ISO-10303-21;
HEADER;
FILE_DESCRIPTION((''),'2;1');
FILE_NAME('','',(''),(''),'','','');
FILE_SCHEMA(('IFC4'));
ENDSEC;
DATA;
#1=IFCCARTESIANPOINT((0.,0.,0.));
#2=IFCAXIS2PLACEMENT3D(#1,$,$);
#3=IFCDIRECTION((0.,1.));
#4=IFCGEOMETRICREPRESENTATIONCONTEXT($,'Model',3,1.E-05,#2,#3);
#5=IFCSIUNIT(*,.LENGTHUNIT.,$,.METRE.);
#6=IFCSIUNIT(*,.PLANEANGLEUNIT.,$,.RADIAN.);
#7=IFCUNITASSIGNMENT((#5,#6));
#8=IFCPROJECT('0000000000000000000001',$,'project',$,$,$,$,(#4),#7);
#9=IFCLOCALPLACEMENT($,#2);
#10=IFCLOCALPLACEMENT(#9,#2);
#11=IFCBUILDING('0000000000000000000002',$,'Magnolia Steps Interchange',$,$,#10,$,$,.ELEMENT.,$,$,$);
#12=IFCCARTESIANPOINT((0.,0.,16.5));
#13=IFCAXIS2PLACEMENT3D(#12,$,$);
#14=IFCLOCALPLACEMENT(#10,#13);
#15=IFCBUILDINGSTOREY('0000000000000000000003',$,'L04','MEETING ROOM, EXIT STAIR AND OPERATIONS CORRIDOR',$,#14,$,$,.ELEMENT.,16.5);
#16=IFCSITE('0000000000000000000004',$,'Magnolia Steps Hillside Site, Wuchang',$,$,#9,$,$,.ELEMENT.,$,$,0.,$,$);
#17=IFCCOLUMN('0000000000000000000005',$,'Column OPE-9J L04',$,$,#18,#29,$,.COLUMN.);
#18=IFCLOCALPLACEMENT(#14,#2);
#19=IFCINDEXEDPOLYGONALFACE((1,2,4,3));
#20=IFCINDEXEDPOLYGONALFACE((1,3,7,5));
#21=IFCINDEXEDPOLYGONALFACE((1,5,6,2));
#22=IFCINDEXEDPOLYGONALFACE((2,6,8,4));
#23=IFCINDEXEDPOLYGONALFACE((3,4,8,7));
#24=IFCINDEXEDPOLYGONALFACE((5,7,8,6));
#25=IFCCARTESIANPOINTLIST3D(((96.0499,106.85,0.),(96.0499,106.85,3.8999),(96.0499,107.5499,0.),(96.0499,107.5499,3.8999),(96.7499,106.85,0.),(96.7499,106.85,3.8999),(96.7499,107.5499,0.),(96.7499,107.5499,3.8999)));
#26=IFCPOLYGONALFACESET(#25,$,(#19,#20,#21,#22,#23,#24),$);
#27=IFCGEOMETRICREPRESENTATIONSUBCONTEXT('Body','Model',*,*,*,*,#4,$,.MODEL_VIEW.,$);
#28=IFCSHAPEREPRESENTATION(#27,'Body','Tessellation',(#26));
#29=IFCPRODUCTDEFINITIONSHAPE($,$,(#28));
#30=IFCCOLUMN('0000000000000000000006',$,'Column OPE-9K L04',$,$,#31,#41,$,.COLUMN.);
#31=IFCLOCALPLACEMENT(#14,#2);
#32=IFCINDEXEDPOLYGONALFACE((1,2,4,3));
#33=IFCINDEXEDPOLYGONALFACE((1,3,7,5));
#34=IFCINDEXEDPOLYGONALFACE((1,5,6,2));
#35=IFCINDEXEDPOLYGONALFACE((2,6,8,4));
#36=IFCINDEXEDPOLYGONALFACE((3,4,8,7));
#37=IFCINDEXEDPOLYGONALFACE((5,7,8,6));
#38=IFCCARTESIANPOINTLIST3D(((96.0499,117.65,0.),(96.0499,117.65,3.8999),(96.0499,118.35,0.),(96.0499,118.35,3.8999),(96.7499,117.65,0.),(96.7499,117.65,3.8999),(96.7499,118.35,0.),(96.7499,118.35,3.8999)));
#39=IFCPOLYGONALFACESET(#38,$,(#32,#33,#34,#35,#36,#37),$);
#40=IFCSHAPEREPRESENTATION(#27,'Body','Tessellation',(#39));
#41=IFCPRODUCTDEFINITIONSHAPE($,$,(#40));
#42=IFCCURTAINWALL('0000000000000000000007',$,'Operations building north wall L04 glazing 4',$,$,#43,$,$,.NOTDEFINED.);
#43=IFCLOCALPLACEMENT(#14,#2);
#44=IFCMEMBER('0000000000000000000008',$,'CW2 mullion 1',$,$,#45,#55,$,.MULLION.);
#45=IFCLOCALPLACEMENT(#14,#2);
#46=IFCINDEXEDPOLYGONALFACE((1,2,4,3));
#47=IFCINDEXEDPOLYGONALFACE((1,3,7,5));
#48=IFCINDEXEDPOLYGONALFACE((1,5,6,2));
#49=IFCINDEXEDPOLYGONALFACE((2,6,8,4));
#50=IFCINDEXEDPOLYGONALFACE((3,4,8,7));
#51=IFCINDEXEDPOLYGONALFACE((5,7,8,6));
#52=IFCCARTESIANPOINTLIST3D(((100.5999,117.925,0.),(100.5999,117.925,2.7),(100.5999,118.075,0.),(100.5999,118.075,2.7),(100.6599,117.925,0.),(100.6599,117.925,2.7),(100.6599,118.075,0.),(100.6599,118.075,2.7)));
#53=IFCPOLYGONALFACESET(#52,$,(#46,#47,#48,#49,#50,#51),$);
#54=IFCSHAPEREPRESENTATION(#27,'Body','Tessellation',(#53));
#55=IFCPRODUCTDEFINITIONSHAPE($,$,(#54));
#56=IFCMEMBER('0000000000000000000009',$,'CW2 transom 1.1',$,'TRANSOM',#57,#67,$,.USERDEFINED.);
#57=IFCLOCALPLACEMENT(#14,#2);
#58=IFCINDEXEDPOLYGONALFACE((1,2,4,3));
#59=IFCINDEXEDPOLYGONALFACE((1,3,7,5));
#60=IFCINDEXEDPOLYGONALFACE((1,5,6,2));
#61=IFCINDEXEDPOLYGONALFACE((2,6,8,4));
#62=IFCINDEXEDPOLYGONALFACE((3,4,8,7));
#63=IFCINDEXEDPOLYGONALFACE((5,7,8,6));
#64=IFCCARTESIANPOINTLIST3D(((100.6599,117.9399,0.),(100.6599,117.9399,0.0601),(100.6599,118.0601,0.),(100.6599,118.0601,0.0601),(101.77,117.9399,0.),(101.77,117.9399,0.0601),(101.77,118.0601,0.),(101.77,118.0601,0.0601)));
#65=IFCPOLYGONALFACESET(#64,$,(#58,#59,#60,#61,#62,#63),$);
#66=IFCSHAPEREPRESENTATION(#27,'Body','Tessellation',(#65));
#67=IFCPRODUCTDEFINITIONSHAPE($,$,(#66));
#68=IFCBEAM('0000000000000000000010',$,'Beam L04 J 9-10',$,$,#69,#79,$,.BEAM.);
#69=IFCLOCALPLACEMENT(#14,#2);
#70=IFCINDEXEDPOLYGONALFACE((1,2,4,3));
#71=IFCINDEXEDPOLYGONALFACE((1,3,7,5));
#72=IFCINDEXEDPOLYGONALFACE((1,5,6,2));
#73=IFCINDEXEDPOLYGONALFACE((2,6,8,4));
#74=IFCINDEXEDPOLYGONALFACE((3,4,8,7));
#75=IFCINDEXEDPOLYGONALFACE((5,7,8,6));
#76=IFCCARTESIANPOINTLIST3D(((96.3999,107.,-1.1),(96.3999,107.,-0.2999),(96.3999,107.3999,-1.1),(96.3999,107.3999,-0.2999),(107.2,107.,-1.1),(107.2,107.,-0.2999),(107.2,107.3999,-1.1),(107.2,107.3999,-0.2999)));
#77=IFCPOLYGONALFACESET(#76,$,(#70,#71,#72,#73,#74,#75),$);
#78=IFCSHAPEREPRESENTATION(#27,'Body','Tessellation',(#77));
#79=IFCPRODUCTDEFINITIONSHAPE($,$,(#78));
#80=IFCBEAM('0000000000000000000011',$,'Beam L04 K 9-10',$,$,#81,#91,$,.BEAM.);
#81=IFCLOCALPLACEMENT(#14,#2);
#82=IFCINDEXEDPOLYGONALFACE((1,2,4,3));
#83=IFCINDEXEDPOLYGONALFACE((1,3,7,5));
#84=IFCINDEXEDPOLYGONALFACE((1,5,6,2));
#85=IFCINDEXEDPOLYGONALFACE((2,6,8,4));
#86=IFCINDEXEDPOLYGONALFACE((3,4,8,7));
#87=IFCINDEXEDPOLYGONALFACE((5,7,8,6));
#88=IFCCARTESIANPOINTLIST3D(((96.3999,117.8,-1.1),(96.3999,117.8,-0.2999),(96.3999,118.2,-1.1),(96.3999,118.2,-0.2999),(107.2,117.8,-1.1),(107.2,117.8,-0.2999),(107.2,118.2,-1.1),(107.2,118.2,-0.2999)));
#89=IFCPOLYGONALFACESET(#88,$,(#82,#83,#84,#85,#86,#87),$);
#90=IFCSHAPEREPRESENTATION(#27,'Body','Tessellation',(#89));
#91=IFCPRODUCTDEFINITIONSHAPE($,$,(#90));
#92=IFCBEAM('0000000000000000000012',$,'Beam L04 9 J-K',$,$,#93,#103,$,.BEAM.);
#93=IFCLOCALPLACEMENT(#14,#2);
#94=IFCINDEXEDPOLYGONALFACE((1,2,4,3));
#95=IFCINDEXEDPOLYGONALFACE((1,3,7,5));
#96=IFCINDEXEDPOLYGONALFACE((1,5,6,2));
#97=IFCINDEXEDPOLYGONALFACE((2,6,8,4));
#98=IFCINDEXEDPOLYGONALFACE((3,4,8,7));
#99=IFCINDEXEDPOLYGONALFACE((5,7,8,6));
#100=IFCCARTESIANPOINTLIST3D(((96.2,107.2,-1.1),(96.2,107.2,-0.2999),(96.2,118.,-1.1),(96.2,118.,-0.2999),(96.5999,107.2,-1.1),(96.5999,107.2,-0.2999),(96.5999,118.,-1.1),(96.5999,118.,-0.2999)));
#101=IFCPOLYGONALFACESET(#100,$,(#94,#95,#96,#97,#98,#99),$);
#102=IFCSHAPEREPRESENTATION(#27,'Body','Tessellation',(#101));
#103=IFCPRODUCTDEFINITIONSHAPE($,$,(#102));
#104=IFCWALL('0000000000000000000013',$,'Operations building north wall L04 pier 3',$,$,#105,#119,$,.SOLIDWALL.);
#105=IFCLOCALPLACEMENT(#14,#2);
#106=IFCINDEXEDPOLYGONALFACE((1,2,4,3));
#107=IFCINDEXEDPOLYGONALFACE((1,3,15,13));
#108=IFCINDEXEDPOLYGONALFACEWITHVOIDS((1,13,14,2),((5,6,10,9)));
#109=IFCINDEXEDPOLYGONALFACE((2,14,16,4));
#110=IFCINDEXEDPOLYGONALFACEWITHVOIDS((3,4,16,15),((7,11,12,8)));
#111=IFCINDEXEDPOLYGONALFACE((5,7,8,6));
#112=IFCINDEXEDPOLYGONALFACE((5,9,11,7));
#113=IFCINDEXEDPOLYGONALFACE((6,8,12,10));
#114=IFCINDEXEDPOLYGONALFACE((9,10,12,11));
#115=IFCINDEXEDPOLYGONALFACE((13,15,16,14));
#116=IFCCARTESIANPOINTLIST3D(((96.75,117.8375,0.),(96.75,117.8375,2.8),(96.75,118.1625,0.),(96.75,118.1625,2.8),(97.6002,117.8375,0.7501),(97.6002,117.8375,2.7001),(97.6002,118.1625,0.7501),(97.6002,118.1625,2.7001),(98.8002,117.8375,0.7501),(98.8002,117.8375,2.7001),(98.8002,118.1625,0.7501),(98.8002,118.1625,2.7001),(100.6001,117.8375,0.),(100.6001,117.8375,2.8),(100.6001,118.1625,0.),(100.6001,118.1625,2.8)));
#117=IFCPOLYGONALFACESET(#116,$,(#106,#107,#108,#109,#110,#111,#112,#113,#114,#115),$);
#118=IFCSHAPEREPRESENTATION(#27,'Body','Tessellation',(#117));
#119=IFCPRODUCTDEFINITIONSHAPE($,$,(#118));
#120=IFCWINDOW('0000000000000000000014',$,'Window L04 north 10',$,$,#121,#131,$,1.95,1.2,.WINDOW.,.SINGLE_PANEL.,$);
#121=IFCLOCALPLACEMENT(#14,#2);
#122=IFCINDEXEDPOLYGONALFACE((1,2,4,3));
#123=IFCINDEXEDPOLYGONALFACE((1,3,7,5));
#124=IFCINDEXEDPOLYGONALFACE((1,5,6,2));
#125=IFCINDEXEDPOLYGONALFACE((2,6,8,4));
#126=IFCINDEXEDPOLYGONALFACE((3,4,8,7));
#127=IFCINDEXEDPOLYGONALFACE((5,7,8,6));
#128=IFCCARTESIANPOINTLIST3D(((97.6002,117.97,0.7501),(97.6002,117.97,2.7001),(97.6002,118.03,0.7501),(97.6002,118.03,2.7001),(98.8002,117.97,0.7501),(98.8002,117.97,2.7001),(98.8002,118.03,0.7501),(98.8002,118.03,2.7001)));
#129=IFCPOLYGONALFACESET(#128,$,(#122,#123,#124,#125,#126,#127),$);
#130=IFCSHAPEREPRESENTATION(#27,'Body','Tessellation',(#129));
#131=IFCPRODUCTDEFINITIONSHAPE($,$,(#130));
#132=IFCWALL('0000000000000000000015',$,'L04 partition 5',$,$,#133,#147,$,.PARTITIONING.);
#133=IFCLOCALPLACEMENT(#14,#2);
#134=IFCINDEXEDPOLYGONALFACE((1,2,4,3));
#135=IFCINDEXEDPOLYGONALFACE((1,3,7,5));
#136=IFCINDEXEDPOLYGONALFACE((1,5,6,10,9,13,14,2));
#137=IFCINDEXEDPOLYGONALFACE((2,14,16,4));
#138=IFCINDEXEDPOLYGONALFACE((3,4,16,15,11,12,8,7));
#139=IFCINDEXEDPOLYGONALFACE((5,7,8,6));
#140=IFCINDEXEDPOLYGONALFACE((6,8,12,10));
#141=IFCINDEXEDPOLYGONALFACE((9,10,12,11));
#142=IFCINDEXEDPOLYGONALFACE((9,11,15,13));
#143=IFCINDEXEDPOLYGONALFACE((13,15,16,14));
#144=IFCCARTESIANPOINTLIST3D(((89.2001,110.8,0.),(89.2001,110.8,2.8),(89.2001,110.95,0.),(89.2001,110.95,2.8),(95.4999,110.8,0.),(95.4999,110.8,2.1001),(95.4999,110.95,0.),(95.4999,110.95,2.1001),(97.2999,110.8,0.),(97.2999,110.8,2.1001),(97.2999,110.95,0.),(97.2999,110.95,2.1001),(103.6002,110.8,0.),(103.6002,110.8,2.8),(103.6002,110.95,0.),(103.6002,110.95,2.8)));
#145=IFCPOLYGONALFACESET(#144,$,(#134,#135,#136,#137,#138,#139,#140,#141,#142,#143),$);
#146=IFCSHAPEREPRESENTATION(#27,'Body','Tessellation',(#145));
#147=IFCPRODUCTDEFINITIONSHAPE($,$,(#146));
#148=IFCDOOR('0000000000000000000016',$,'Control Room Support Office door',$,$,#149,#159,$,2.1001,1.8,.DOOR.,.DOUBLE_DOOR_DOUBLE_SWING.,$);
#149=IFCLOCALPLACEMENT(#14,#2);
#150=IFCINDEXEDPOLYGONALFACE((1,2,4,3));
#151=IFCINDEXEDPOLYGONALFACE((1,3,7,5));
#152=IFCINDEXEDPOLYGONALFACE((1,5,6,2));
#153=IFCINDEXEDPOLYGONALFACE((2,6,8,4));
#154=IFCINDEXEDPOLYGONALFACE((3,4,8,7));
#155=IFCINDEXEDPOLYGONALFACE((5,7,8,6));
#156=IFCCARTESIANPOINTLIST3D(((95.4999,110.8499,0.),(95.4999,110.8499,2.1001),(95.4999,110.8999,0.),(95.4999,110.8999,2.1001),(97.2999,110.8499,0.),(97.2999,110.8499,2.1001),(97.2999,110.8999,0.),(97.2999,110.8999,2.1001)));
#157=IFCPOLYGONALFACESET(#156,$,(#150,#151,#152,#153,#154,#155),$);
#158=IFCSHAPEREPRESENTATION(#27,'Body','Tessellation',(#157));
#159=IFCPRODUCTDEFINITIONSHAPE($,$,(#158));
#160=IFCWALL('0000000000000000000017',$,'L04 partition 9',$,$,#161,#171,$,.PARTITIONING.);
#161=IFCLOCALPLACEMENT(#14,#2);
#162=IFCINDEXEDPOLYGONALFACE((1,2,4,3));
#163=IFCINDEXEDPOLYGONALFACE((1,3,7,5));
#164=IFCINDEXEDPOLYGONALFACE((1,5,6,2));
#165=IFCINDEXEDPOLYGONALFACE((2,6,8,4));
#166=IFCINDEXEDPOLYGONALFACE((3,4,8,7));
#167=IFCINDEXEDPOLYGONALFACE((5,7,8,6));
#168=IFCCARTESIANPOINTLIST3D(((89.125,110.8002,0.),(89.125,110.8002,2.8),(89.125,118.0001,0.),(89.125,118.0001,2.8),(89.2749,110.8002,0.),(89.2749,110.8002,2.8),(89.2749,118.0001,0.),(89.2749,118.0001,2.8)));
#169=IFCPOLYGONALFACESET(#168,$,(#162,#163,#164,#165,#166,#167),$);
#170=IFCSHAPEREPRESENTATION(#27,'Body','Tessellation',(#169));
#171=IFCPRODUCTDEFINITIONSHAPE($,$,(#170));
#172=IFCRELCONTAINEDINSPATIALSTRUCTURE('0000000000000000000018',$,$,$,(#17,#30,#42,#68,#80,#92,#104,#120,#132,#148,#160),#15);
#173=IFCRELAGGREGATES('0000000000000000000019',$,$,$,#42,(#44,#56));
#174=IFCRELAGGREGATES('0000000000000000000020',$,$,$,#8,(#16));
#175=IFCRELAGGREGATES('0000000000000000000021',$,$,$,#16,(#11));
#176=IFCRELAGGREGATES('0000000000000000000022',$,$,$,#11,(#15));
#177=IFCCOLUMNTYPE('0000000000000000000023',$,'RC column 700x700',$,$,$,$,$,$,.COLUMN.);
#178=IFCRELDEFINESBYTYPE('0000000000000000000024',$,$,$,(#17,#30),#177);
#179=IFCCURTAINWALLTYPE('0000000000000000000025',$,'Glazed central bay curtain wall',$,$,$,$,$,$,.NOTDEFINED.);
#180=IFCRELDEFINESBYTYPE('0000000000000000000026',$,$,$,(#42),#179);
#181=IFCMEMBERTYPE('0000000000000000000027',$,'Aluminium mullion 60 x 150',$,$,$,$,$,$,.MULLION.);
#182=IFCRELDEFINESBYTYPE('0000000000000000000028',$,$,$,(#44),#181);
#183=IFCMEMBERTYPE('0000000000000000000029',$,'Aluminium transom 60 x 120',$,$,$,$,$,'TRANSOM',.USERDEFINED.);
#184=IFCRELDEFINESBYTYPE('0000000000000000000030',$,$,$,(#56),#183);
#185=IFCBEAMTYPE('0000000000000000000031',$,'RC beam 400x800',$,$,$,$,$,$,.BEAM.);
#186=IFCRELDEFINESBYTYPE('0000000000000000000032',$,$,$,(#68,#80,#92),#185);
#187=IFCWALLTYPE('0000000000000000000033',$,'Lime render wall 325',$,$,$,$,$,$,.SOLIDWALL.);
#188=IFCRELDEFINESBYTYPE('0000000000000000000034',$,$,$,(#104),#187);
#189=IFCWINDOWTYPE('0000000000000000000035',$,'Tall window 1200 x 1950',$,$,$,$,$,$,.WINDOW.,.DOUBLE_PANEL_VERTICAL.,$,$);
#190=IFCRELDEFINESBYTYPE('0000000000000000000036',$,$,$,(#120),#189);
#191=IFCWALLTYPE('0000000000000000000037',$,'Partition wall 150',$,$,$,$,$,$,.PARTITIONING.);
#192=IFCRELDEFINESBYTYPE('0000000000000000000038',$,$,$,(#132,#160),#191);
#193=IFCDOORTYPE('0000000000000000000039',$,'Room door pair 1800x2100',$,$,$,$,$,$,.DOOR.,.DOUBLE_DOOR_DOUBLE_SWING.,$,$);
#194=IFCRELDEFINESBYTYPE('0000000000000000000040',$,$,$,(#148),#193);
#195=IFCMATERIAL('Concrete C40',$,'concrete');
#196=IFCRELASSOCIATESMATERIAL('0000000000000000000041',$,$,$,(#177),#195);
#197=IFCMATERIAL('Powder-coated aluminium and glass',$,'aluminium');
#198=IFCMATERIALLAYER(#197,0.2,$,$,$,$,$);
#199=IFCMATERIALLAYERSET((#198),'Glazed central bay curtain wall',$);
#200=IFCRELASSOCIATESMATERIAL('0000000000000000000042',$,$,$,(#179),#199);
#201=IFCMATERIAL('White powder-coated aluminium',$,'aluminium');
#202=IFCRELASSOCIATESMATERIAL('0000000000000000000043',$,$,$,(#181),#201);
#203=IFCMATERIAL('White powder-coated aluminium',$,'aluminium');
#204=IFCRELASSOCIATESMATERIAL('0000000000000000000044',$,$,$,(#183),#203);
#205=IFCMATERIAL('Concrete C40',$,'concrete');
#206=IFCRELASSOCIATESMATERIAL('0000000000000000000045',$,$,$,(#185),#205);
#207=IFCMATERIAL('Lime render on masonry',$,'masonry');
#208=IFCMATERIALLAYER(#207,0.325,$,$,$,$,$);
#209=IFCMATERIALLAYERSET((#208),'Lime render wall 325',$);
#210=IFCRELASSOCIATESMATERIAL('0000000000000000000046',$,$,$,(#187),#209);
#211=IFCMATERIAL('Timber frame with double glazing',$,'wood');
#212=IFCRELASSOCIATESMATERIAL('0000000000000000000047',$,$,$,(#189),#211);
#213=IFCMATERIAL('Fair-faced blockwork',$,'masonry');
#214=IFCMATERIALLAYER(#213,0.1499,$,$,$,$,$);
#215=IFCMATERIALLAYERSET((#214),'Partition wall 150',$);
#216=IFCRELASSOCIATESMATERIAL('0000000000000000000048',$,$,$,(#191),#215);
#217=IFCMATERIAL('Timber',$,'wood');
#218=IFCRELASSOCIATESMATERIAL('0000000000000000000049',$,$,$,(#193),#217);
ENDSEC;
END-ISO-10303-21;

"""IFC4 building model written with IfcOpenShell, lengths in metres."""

from ifc_helpers import new_model, si_unit, direction, frame, frame_2d, origin, origin_2d, place, context, subcontext, project, spatial, rectangle, extrude, material, layer, layer_set, material_profile, profile_set, type_object, element, fill, aggregate, save


model = new_model("IFC4")

# Units and contexts
model_context = context("Model", 3, precision=1e-05, world=origin(), true_north=direction((0.0, 1.0)))
body_context = subcontext(model_context, "Body", "Model", "MODEL_VIEW")
ifc_project = project(units=[si_unit("LENGTHUNIT", "METRE"), si_unit("PLANEANGLEUNIT", "RADIAN")], contexts=[model_context])

# Site, building, storey
site_placement = place(None, origin())
site = spatial("IfcSite", under=ifc_project, at=site_placement, Name="Magnolia Steps Hillside Site, Wuchang", CompositionType="ELEMENT", RefElevation=0.0)
building_placement = place(site_placement, origin())
building = spatial("IfcBuilding", under=site, at=building_placement, Name="Magnolia Steps Interchange", CompositionType="ELEMENT")
storey_placement = place(building_placement, frame((0.0, 0.0, 16.5)))
storey = spatial("IfcBuildingStorey", under=building, at=storey_placement, Name="L04", Description="MEETING ROOM, EXIT STAIR AND OPERATIONS CORRIDOR", CompositionType="ELEMENT", Elevation=16.5)

# Columns
ifc_material_1 = material(Name="Concrete C40", Category="concrete")
ifc_material_profile_1 = material_profile(ifc_material_1, rectangle(XDim=0.7, YDim=0.7, at=origin_2d()), Name="RC700x700")
ifc_profile_set_1 = profile_set([ifc_material_profile_1], Name="Concrete C40")
column_type = type_object("IfcColumnType", Name="RC column 700x700", PredefinedType="COLUMN", material=ifc_profile_set_1)
for number, where, z_axis, x_axis, name in (
    (1, (96.3999, 107.2, 0.0), (0.0, 0.0, 1.0), (1.0, 0.0, 0.0), "Column OPE-9J L04"),
    (2, (96.3999, 118.0, 0.0), (0.0, 0.0, 1.0), (1.0, 0.0, 0.0), "Column OPE-9K L04"),
):
    element("IfcColumn", number, at=place(storey_placement, frame(where, z_axis=z_axis, x_axis=x_axis)), inside=storey, type_object=column_type, Name=name, PredefinedType="COLUMN", context=body_context, shape_type="SweptSolid", body=[
        extrude(rectangle(XDim=0.7, YDim=0.7, at=origin_2d()), origin(), (0.0, 0.0, 1.0), 3.8999),
    ])

# Curtain wall, members
ifc_material_2 = material(Name="Powder-coated aluminium and glass", Category="aluminium")
ifc_layer_1 = layer(ifc_material_2, 0.2)
ifc_layer_set_1 = layer_set([ifc_layer_1], Name="Glazed central bay curtain wall")
curtain_wall_type = type_object("IfcCurtainWallType", Name="Glazed central bay curtain wall", PredefinedType="NOTDEFINED", material=ifc_layer_set_1)
curtain_wall_placement = place(storey_placement, origin())
curtain_wall = element("IfcCurtainWall", 3, at=curtain_wall_placement, inside=storey, type_object=curtain_wall_type, Name="Operations building north wall L04 glazing 4", PredefinedType="NOTDEFINED")
ifc_material_3 = material(Name="White powder-coated aluminium", Category="aluminium")
ifc_material_profile_2 = material_profile(ifc_material_3, rectangle(XDim=0.0601, YDim=0.1499, at=origin_2d()), Name="Aluminium mullion 60 x 150")
ifc_profile_set_2 = profile_set([ifc_material_profile_2], Name="White powder-coated aluminium")
member_type_1 = type_object("IfcMemberType", Name="Aluminium mullion 60 x 150", PredefinedType="MULLION", material=ifc_profile_set_2)
member_1_placement = place(storey_placement, frame((100.6299, 118.0, 0.0), z_axis=(0.0, 0.0, 1.0), x_axis=(1.0, 0.0, 0.0)))
member_1 = element("IfcMember", 4, at=member_1_placement, type_object=member_type_1, Name="CW2 mullion 1", PredefinedType="MULLION", context=body_context, shape_type="SweptSolid", body=[
    extrude(rectangle(XDim=0.0601, YDim=0.1499, at=origin_2d()), origin(), (0.0, 0.0, 1.0), 2.7),
])
ifc_material_4 = material(Name="White powder-coated aluminium", Category="aluminium")
ifc_material_profile_3 = material_profile(ifc_material_4, rectangle(XDim=0.0601, YDim=0.1201, at=origin_2d()), Name="Aluminium transom 60 x 120")
ifc_profile_set_3 = profile_set([ifc_material_profile_3], Name="White powder-coated aluminium")
member_type_2 = type_object("IfcMemberType", Name="Aluminium transom 60 x 120", ElementType="TRANSOM", PredefinedType="USERDEFINED", material=ifc_profile_set_3)
member_2_placement = place(storey_placement, frame((100.6599, 118.0, 0.03), z_axis=(1.0, 0.0, 0.0), x_axis=(0.0, 0.0, 1.0)))
member_2 = element("IfcMember", 5, at=member_2_placement, type_object=member_type_2, Name="CW2 transom 1.1", ObjectType="TRANSOM", PredefinedType="USERDEFINED", context=body_context, shape_type="SweptSolid", body=[
    extrude(rectangle(XDim=0.0601, YDim=0.1201, at=origin_2d()), origin(), (0.0, 0.0, 1.0), 1.1101),
])
aggregate(curtain_wall, [member_1, member_2])

# Beams
ifc_material_5 = material(Name="Concrete C40", Category="concrete")
ifc_material_profile_4 = material_profile(ifc_material_5, rectangle(XDim=0.3999, YDim=0.8, at=origin_2d()), Name="RC400x800")
ifc_profile_set_4 = profile_set([ifc_material_profile_4], Name="Concrete C40")
beam_type = type_object("IfcBeamType", Name="RC beam 400x800", PredefinedType="BEAM", material=ifc_profile_set_4)
for number, where, z_axis, x_axis, name in (
    (6, (96.3999, 107.2, -0.7), (1.0, 0.0, 0.0), (0.0, 1.0, 0.0), "Beam L04 J 9-10"),
    (7, (96.3999, 118.0, -0.7), (1.0, 0.0, 0.0), (0.0, 1.0, 0.0), "Beam L04 K 9-10"),
    (8, (96.3999, 107.2, -0.7), (0.0, 1.0, 0.0), (-1.0, 0.0, 0.0), "Beam L04 9 J-K"),
):
    element("IfcBeam", number, at=place(storey_placement, frame(where, z_axis=z_axis, x_axis=x_axis)), inside=storey, type_object=beam_type, Name=name, PredefinedType="BEAM", context=body_context, shape_type="SweptSolid", body=[
        extrude(rectangle(XDim=0.3999, YDim=0.8, at=origin_2d()), origin(), (0.0, 0.0, 1.0), 10.8),
    ])

# Wall, opening, window
ifc_material_6 = material(Name="Lime render on masonry", Category="masonry")
ifc_layer_2 = layer(ifc_material_6, 0.325)
ifc_layer_set_2 = layer_set([ifc_layer_2], Name="Lime render wall 325")
wall_type_1 = type_object("IfcWallType", Name="Lime render wall 325", PredefinedType="SOLIDWALL", material=ifc_layer_set_2)
wall_1_placement = place(storey_placement, frame((96.75, 118.0, 0.0), z_axis=(0.0, 0.0, 1.0), x_axis=(1.0, 0.0, 0.0)))
wall_1 = element("IfcWall", 9, at=wall_1_placement, inside=storey, type_object=wall_type_1, Name="Operations building north wall L04 pier 3", PredefinedType="SOLIDWALL", context=body_context, shape_type="SweptSolid", body=[
    extrude(rectangle(XDim=3.8501, YDim=0.325, at=frame_2d((1.925, 0.0))), origin(), (0.0, 0.0, 1.0), 2.8),
])
opening_1_placement = place(wall_1_placement, frame((0.8501, 0.0, 0.75)))
opening_1 = element("IfcOpeningElement", 10, at=opening_1_placement, cuts=wall_1, PredefinedType="OPENING", context=body_context, shape_type="SweptSolid", body=[
    extrude(rectangle(XDim=1.2, YDim=1.95, at=frame_2d((0.6001, 0.9751))), frame((0.0, 0.1724, 0.0), z_axis=(0.0, -1.0, 0.0), x_axis=(1.0, 0.0, 0.0)), (0.0, 0.0, 1.0), 0.345),
])
ifc_material_7 = material(Name="Timber frame with double glazing", Category="wood")
window_type = type_object("IfcWindowType", Name="Tall window 1200 x 1950", PartitioningType="DOUBLE_PANEL_VERTICAL", PredefinedType="WINDOW", material=ifc_material_7)
window_placement = place(opening_1_placement, origin())
window = element("IfcWindow", 11, at=window_placement, inside=storey, type_object=window_type, Name="Window L04 north 10", OverallHeight=1.95, OverallWidth=1.2, PartitioningType="SINGLE_PANEL", PredefinedType="WINDOW", context=body_context, shape_type="SweptSolid", body=[
    extrude(rectangle(XDim=1.2, YDim=1.95, at=frame_2d((0.6001, 0.9751))), frame((0.0, 0.03, 0.0), z_axis=(0.0, -1.0, 0.0), x_axis=(1.0, 0.0, 0.0)), (0.0, 0.0, 1.0), 0.0601),
])
fill(opening_1, window)

# Wall, opening, door
ifc_material_8 = material(Name="Fair-faced blockwork", Category="masonry")
ifc_layer_3 = layer(ifc_material_8, 0.1499)
ifc_layer_set_3 = layer_set([ifc_layer_3], Name="Partition wall 150")
wall_type_2 = type_object("IfcWallType", Name="Partition wall 150", PredefinedType="PARTITIONING", material=ifc_layer_set_3)
wall_2_placement = place(storey_placement, frame((89.2, 110.875, 0.0), z_axis=(0.0, 0.0, 1.0), x_axis=(1.0, 0.0, 0.0)))
wall_2 = element("IfcWall", 12, at=wall_2_placement, inside=storey, type_object=wall_type_2, Name="L04 partition 5", PredefinedType="PARTITIONING", context=body_context, shape_type="SweptSolid", body=[
    extrude(rectangle(XDim=14.4001, YDim=0.1499, at=frame_2d((7.2002, 0.0))), origin(), (0.0, 0.0, 1.0), 2.8),
])
opening_2_placement = place(wall_2_placement, frame((6.3, 0.0, 0.0)))
opening_2 = element("IfcOpeningElement", 13, at=opening_2_placement, cuts=wall_2, PredefinedType="OPENING", context=body_context, shape_type="SweptSolid", body=[
    extrude(rectangle(XDim=1.8, YDim=2.1001, at=frame_2d((0.8999, 1.05))), frame((0.0, 0.085, 0.0), z_axis=(0.0, -1.0, 0.0), x_axis=(1.0, 0.0, 0.0)), (0.0, 0.0, 1.0), 0.1699),
])
ifc_material_9 = material(Name="Timber", Category="wood")
door_type = type_object("IfcDoorType", Name="Room door pair 1800x2100", OperationType="DOUBLE_DOOR_DOUBLE_SWING", PredefinedType="DOOR", material=ifc_material_9)
door_placement = place(opening_2_placement, origin())
door = element("IfcDoor", 14, at=door_placement, inside=storey, type_object=door_type, Name="Control Room Support Office door", OperationType="DOUBLE_DOOR_DOUBLE_SWING", OverallHeight=2.1001, OverallWidth=1.8, PredefinedType="DOOR", context=body_context, shape_type="SweptSolid", body=[
    extrude(rectangle(XDim=1.8, YDim=2.1001, at=frame_2d((0.8999, 1.05))), frame((0.0, 0.0249, 0.0), z_axis=(0.0, -1.0, 0.0), x_axis=(1.0, 0.0, 0.0)), (0.0, 0.0, 1.0), 0.05),
])
fill(opening_2, door)

# Wall
wall_3_placement = place(storey_placement, frame((89.2, 110.8, 0.0), z_axis=(0.0, 0.0, 1.0), x_axis=(0.0, 1.0, 0.0)))
element("IfcWall", 15, at=wall_3_placement, inside=storey, type_object=wall_type_2, Name="L04 partition 9", PredefinedType="PARTITIONING", context=body_context, shape_type="SweptSolid", body=[
    extrude(rectangle(XDim=7.2, YDim=0.1499, at=frame_2d((3.6001, 0.0))), origin(), (0.0, 0.0, 1.0), 2.8),
])

save(model, "model.ifc")
